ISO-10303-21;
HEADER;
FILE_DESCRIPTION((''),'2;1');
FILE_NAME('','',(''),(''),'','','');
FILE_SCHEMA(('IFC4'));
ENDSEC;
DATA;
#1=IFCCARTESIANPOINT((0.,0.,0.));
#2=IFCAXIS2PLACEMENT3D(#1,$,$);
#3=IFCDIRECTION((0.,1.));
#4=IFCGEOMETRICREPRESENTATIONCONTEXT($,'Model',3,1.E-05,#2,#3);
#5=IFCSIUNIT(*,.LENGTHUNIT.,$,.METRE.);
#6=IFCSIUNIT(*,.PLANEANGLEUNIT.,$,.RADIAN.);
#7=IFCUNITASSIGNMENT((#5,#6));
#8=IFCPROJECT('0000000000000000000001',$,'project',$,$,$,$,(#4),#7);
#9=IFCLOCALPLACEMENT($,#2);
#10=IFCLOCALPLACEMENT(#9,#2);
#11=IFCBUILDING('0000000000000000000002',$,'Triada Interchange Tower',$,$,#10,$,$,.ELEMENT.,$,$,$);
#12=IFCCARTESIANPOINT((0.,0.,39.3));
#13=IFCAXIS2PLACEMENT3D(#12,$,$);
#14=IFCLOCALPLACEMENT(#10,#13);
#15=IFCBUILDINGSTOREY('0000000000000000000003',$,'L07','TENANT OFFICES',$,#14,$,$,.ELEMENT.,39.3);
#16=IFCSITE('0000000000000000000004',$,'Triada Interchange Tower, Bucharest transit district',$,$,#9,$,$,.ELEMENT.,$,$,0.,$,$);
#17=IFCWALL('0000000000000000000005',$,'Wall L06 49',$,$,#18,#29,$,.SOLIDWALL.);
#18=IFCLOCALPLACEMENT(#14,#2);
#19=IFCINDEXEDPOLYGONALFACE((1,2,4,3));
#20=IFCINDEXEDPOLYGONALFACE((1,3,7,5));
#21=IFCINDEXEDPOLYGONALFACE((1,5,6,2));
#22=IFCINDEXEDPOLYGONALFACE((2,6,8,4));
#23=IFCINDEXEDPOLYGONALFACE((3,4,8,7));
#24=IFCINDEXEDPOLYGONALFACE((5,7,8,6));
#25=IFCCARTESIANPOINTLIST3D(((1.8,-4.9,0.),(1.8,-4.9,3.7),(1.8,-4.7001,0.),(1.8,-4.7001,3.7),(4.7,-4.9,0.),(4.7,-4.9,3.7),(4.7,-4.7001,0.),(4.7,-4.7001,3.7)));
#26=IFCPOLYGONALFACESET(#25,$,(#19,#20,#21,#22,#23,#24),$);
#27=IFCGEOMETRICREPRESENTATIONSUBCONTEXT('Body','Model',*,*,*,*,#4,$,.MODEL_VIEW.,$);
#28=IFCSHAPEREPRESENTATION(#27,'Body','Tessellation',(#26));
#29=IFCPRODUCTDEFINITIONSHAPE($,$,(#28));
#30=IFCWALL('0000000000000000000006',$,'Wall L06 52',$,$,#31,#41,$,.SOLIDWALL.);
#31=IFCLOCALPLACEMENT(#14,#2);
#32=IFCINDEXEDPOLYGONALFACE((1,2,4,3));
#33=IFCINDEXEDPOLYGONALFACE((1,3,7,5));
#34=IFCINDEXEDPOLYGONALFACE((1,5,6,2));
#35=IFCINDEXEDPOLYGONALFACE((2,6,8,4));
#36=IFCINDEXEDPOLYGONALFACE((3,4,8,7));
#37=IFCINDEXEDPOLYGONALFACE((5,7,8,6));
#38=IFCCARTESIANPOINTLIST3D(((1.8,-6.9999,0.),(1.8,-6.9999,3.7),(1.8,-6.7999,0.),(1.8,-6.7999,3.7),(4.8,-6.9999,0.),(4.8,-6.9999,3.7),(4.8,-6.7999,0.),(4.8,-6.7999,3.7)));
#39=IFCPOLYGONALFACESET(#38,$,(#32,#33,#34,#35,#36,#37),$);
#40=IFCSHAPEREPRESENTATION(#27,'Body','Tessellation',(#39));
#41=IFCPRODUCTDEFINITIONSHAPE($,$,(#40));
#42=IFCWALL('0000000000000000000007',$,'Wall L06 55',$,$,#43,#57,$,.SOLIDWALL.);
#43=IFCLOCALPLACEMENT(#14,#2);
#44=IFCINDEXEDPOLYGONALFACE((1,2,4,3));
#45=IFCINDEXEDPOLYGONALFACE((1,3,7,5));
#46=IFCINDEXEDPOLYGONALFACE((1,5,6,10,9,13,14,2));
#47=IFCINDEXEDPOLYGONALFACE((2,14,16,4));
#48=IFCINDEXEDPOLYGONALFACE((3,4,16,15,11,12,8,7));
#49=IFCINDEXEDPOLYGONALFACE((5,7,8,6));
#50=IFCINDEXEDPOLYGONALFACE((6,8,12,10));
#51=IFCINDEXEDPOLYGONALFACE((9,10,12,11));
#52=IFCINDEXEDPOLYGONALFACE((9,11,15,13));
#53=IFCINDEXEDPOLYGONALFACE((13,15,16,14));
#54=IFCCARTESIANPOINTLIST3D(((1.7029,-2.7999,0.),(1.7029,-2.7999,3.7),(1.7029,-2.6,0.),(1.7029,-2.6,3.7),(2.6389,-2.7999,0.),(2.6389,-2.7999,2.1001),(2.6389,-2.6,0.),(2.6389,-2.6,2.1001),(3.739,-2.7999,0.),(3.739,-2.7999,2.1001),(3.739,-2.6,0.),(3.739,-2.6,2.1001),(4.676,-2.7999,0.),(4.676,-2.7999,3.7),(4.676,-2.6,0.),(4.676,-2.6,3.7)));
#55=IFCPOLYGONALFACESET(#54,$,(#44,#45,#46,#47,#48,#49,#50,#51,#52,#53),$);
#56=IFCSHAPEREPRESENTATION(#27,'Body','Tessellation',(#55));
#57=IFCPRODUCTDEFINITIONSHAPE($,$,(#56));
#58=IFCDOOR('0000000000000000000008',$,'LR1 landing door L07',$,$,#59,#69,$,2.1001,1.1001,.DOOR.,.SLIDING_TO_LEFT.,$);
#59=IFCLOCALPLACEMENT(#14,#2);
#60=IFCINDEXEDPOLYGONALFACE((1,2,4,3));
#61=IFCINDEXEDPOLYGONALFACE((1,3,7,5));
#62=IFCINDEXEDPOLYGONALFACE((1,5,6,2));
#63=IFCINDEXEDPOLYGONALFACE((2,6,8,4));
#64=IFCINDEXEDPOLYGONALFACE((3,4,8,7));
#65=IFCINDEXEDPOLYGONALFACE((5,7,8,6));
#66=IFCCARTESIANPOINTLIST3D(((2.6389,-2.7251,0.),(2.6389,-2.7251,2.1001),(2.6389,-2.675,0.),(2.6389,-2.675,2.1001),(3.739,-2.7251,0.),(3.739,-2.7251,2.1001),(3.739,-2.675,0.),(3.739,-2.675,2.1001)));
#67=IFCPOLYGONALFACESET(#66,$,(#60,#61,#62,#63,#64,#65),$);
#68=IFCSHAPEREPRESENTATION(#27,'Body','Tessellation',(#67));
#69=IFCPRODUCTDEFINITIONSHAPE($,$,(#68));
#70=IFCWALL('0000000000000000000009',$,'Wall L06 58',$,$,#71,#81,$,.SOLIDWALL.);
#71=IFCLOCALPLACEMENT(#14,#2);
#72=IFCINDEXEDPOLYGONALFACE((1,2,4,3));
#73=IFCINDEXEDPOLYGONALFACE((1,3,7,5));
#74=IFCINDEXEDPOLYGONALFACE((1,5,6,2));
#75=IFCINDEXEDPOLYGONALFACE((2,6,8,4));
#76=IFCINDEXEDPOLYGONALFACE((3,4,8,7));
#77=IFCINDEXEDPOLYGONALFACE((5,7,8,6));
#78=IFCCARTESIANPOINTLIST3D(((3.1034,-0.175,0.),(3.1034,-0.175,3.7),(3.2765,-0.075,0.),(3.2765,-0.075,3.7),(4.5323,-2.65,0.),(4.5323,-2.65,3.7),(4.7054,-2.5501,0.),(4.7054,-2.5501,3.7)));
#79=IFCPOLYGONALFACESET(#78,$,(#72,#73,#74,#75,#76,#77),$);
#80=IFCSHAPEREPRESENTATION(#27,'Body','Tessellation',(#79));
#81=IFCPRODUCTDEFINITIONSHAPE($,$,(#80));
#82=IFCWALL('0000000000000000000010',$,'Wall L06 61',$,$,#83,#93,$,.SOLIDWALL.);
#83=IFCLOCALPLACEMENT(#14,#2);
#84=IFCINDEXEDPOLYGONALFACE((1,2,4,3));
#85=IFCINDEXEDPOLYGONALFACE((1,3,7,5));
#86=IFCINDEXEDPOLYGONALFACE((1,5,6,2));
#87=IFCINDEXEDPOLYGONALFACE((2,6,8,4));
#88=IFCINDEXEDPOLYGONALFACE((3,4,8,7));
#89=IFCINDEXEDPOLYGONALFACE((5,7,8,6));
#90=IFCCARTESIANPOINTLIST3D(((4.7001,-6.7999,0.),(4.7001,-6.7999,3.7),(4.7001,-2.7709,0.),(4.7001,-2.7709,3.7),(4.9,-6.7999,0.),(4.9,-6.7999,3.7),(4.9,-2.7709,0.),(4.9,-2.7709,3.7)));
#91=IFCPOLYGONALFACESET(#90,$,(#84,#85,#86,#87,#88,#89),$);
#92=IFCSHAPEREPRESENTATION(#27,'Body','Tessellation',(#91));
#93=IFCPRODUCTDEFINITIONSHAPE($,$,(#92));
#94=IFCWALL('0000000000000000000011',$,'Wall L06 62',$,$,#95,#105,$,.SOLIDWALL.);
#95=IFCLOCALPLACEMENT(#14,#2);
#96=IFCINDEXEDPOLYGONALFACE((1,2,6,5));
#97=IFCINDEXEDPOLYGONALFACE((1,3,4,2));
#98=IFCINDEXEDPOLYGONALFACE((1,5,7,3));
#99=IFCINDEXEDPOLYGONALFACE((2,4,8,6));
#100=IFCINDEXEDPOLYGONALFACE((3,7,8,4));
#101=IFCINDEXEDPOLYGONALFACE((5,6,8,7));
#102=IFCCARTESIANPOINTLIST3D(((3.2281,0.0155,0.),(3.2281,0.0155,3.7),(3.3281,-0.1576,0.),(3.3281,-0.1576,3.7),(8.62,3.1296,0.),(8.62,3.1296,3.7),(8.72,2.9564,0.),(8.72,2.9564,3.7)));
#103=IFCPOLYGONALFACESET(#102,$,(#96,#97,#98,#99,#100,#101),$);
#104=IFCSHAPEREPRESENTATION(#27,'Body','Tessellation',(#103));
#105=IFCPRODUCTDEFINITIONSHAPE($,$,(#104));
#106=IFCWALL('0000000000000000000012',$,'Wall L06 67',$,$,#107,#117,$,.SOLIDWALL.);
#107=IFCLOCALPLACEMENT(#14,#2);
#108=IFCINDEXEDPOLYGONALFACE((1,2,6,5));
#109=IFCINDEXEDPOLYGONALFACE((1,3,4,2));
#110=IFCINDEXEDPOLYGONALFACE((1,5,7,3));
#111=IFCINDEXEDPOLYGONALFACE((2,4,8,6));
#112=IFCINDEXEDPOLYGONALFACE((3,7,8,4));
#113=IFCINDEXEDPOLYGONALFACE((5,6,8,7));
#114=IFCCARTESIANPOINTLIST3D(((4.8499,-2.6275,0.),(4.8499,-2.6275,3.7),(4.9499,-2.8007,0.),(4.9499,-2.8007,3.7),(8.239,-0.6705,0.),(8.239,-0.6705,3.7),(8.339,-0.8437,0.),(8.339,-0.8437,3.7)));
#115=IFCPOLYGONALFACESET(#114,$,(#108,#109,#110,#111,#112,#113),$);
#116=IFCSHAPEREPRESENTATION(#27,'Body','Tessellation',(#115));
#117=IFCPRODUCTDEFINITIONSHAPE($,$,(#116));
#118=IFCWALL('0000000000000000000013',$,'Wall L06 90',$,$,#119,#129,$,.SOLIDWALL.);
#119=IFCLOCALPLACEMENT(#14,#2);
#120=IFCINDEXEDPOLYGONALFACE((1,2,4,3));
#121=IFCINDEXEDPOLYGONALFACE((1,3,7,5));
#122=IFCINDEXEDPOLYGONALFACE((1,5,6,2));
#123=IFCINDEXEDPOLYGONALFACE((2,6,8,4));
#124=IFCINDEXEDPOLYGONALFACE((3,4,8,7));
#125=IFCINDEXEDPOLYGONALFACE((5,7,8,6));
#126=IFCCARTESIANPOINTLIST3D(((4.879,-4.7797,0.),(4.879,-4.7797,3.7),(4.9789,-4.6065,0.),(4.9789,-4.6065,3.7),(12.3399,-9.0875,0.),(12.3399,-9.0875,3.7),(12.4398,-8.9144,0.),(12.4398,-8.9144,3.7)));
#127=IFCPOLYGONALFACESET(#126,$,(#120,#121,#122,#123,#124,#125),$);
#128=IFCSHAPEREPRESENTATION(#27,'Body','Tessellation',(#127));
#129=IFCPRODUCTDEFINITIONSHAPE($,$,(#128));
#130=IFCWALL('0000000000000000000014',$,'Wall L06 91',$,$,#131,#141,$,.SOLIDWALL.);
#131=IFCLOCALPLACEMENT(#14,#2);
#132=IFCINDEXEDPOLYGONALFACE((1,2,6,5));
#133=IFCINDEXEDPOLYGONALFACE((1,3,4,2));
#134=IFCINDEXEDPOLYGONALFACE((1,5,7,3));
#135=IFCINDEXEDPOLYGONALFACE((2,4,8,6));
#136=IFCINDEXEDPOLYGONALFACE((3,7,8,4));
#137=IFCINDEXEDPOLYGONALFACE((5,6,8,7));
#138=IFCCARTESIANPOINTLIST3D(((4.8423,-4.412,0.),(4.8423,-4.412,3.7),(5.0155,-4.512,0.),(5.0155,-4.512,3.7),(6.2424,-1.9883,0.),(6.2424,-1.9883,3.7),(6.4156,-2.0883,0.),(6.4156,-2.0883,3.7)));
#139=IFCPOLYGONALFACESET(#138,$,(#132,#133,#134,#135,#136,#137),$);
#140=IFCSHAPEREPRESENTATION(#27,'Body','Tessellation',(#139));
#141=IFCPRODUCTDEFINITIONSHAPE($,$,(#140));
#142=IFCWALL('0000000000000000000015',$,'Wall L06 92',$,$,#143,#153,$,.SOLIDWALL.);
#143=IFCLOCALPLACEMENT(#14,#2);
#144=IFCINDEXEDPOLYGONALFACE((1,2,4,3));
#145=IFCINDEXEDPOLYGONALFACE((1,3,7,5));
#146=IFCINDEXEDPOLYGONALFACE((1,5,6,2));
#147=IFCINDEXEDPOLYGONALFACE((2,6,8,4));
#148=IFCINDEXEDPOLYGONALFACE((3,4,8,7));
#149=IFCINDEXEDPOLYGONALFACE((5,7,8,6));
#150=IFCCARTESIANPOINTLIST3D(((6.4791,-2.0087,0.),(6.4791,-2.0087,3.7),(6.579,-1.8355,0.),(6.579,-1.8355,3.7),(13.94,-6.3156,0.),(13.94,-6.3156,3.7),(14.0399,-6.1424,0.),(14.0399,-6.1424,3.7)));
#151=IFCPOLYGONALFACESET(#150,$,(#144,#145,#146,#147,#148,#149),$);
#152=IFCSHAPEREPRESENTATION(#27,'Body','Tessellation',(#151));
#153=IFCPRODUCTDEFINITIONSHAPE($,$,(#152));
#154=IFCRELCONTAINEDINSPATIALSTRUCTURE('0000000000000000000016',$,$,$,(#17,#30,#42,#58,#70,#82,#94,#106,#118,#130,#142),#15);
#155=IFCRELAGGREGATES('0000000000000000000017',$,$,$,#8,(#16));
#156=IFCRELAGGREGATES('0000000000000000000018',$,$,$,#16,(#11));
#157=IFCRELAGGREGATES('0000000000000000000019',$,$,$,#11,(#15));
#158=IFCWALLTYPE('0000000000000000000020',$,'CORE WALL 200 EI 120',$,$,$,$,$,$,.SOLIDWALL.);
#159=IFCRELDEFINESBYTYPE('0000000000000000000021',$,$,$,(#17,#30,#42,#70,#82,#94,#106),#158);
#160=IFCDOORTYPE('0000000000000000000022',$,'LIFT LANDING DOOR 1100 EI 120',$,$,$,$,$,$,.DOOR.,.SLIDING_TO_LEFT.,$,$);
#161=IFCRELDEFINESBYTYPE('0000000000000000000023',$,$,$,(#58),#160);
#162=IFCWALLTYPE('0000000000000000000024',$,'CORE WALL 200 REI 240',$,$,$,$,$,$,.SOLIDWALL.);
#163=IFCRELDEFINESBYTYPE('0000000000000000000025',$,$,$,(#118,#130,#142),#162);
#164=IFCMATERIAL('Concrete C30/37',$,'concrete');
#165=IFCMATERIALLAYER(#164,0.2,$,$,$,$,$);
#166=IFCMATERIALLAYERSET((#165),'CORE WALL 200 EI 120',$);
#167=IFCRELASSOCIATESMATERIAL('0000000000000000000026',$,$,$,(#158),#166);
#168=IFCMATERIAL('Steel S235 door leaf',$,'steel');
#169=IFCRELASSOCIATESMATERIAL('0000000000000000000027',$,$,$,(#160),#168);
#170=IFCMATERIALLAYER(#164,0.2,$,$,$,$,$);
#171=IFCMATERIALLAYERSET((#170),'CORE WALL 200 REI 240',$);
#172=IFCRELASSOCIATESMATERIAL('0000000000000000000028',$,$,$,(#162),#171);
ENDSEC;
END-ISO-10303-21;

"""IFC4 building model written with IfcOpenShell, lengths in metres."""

from ifc_helpers import new_model, si_unit, direction, frame, frame_2d, origin, place, context, subcontext, project, spatial, rectangle, extrude, material, layer, layer_set, type_object, element, fill, save


model = new_model("IFC4")

# Units and contexts
model_context = context("Model", 3, precision=1e-05, world=origin(), true_north=direction((0.0, 1.0)))
body_context = subcontext(model_context, "Body", "Model", "MODEL_VIEW")
ifc_project = project(units=[si_unit("LENGTHUNIT", "METRE"), si_unit("PLANEANGLEUNIT", "RADIAN")], contexts=[model_context])

# Site, building, storey
site_placement = place(None, origin())
site = spatial("IfcSite", under=ifc_project, at=site_placement, Name="Triada Interchange Tower, Bucharest transit district", CompositionType="ELEMENT", RefElevation=0.0)
building_placement = place(site_placement, origin())
building = spatial("IfcBuilding", under=site, at=building_placement, Name="Triada Interchange Tower", CompositionType="ELEMENT")
storey_placement = place(building_placement, frame((0.0, 0.0, 39.3)))
storey = spatial("IfcBuildingStorey", under=building, at=storey_placement, Name="L07", Description="TENANT OFFICES", CompositionType="ELEMENT", Elevation=39.3)

# Walls
ifc_material_1 = material(Name="Concrete C30/37", Category="concrete")
ifc_layer_1 = layer(ifc_material_1, 0.2)
ifc_layer_set_1 = layer_set([ifc_layer_1], Name="CORE WALL 200 EI 120")
wall_type_1 = type_object("IfcWallType", Name="CORE WALL 200 EI 120", PredefinedType="SOLIDWALL", material=ifc_layer_set_1)
wall_1_placement = place(storey_placement, frame((1.8, -4.8, 0.0), z_axis=(0.0, 0.0, 1.0), x_axis=(1.0, 0.0, 0.0)))
element("IfcWall", 1, at=wall_1_placement, inside=storey, type_object=wall_type_1, Name="Wall L06 49", PredefinedType="SOLIDWALL", context=body_context, shape_type="SweptSolid", body=[
    extrude(rectangle(XDim=2.8999, YDim=0.2, at=frame_2d((1.45, 0.0))), origin(), (0.0, 0.0, 1.0), 3.7),
])
wall_2_placement = place(storey_placement, frame((1.8, -6.8999, 0.0), z_axis=(0.0, 0.0, 1.0), x_axis=(1.0, 0.0, 0.0)))
element("IfcWall", 2, at=wall_2_placement, inside=storey, type_object=wall_type_1, Name="Wall L06 52", PredefinedType="SOLIDWALL", context=body_context, shape_type="SweptSolid", body=[
    extrude(rectangle(XDim=3.0, YDim=0.2, at=frame_2d((1.5, 0.0))), origin(), (0.0, 0.0, 1.0), 3.7),
])

# Wall, opening, door
wall_3_placement = place(storey_placement, frame((1.7029, -2.7, 0.0), z_axis=(0.0, 0.0, 1.0), x_axis=(1.0, 0.0, 0.0)))
wall_3 = element("IfcWall", 3, at=wall_3_placement, inside=storey, type_object=wall_type_1, Name="Wall L06 55", PredefinedType="SOLIDWALL", context=body_context, shape_type="SweptSolid", body=[
    extrude(rectangle(XDim=2.9731, YDim=0.2, at=frame_2d((1.4866, 0.0))), origin(), (0.0, 0.0, 1.0), 3.7),
])
opening_1_placement = place(wall_3_placement, frame((0.936, 0.0, 0.0)))
opening_1 = element("IfcOpeningElement", 4, at=opening_1_placement, cuts=wall_3, PredefinedType="OPENING", context=body_context, shape_type="SweptSolid", body=[
    extrude(rectangle(XDim=1.1001, YDim=2.1001, at=frame_2d((0.55, 1.05))), frame((0.0, 0.1099, 0.0), z_axis=(0.0, -1.0, 0.0), x_axis=(1.0, 0.0, 0.0)), (0.0, 0.0, 1.0), 0.22),
])
ifc_material_2 = material(Name="Steel S235 door leaf", Category="steel")
door_type_1 = type_object("IfcDoorType", Name="LIFT LANDING DOOR 1100 EI 120", OperationType="SLIDING_TO_LEFT", PredefinedType="DOOR", material=ifc_material_2)
door_1_placement = place(opening_1_placement, origin())
door_1 = element("IfcDoor", 5, at=door_1_placement, inside=storey, type_object=door_type_1, Name="LR1 landing door L07", OperationType="SLIDING_TO_LEFT", OverallHeight=2.1001, OverallWidth=1.1001, PredefinedType="DOOR", context=body_context, shape_type="SweptSolid", body=[
    extrude(rectangle(XDim=1.1001, YDim=2.1001, at=frame_2d((0.55, 1.05))), frame((0.0, 0.0249, 0.0), z_axis=(0.0, -1.0, 0.0), x_axis=(1.0, 0.0, 0.0)), (0.0, 0.0, 1.0), 0.05),
])
fill(opening_1, door_1)

# Walls
wall_4_placement = place(storey_placement, frame((3.1899, -0.125, 0.0), z_axis=(0.0, 0.0, 1.0), x_axis=(0.499989, -0.866032, 0.0)))
element("IfcWall", 6, at=wall_4_placement, inside=storey, type_object=wall_type_1, Name="Wall L06 58", PredefinedType="SOLIDWALL", context=body_context, shape_type="SweptSolid", body=[
    extrude(rectangle(XDim=2.8579, YDim=0.2, at=frame_2d((1.429, 0.0))), origin(), (0.0, 0.0, 1.0), 3.7),
])
wall_5_placement = place(storey_placement, frame((4.8, -6.8, 0.0), z_axis=(0.0, 0.0, 1.0), x_axis=(0.0, 1.0, 0.0)))
element("IfcWall", 7, at=wall_5_placement, inside=storey, type_object=wall_type_1, Name="Wall L06 61", PredefinedType="SOLIDWALL", context=body_context, shape_type="SweptSolid", body=[
    extrude(rectangle(XDim=4.0291, YDim=0.2, at=frame_2d((2.0146, 0.0))), origin(), (0.0, 0.0, 1.0), 3.7),
])
wall_6_placement = place(storey_placement, frame((3.2781, -0.071, 0.0), z_axis=(0.0, 0.0, 1.0), x_axis=(0.865954, 0.500124, 0.0)))
element("IfcWall", 8, at=wall_6_placement, inside=storey, type_object=wall_type_1, Name="Wall L06 62", PredefinedType="SOLIDWALL", context=body_context, shape_type="SweptSolid", body=[
    extrude(rectangle(XDim=6.2266, YDim=0.2, at=frame_2d((3.1133, 0.0))), origin(), (0.0, 0.0, 1.0), 3.7),
])
wall_7_placement = place(storey_placement, frame((4.8999, -2.7141, 0.0), z_axis=(0.0, 0.0, 1.0), x_axis=(0.865992, 0.500057, 0.0)))
element("IfcWall", 9, at=wall_7_placement, inside=storey, type_object=wall_type_1, Name="Wall L06 67", PredefinedType="SOLIDWALL", context=body_context, shape_type="SweptSolid", body=[
    extrude(rectangle(XDim=3.9136, YDim=0.2, at=frame_2d((1.9568, 0.0))), origin(), (0.0, 0.0, 1.0), 3.7),
])
ifc_layer_2 = layer(ifc_material_1, 0.2)
ifc_layer_set_2 = layer_set([ifc_layer_2], Name="CORE WALL 200 REI 240")
wall_type_2 = type_object("IfcWallType", Name="CORE WALL 200 REI 240", PredefinedType="SOLIDWALL", material=ifc_layer_set_2)
wall_8_placement = place(storey_placement, frame((4.929, -4.6931, 0.0), z_axis=(0.0, 0.0, 1.0), x_axis=(0.866011, -0.500025, 0.0)))
element("IfcWall", 10, at=wall_8_placement, inside=storey, type_object=wall_type_2, Name="Wall L06 90", PredefinedType="SOLIDWALL", context=body_context, shape_type="SweptSolid", body=[
    extrude(rectangle(XDim=8.6152, YDim=0.2, at=frame_2d((4.3076, 0.0))), origin(), (0.0, 0.0, 1.0), 3.7),
])
wall_9_placement = place(storey_placement, frame((4.929, -4.4619, 0.0), z_axis=(0.0, 0.0, 1.0), x_axis=(0.500201, 0.86591, 0.0)))
element("IfcWall", 11, at=wall_9_placement, inside=storey, type_object=wall_type_2, Name="Wall L06 91", PredefinedType="SOLIDWALL", context=body_context, shape_type="SweptSolid", body=[
    extrude(rectangle(XDim=2.7991, YDim=0.2, at=frame_2d((1.3994, 0.0))), origin(), (0.0, 0.0, 1.0), 3.7),
])
wall_10_placement = place(storey_placement, frame((6.5291, -1.9221, 0.0), z_axis=(0.0, 0.0, 1.0), x_axis=(0.86606, -0.49994, 0.0)))
element("IfcWall", 12, at=wall_10_placement, inside=storey, type_object=wall_type_2, Name="Wall L06 92", PredefinedType="SOLIDWALL", context=body_context, shape_type="SweptSolid", body=[
    extrude(rectangle(XDim=8.6147, YDim=0.2, at=frame_2d((4.3074, 0.0))), origin(), (0.0, 0.0, 1.0), 3.7),
])

save(model, "model.ifc")
